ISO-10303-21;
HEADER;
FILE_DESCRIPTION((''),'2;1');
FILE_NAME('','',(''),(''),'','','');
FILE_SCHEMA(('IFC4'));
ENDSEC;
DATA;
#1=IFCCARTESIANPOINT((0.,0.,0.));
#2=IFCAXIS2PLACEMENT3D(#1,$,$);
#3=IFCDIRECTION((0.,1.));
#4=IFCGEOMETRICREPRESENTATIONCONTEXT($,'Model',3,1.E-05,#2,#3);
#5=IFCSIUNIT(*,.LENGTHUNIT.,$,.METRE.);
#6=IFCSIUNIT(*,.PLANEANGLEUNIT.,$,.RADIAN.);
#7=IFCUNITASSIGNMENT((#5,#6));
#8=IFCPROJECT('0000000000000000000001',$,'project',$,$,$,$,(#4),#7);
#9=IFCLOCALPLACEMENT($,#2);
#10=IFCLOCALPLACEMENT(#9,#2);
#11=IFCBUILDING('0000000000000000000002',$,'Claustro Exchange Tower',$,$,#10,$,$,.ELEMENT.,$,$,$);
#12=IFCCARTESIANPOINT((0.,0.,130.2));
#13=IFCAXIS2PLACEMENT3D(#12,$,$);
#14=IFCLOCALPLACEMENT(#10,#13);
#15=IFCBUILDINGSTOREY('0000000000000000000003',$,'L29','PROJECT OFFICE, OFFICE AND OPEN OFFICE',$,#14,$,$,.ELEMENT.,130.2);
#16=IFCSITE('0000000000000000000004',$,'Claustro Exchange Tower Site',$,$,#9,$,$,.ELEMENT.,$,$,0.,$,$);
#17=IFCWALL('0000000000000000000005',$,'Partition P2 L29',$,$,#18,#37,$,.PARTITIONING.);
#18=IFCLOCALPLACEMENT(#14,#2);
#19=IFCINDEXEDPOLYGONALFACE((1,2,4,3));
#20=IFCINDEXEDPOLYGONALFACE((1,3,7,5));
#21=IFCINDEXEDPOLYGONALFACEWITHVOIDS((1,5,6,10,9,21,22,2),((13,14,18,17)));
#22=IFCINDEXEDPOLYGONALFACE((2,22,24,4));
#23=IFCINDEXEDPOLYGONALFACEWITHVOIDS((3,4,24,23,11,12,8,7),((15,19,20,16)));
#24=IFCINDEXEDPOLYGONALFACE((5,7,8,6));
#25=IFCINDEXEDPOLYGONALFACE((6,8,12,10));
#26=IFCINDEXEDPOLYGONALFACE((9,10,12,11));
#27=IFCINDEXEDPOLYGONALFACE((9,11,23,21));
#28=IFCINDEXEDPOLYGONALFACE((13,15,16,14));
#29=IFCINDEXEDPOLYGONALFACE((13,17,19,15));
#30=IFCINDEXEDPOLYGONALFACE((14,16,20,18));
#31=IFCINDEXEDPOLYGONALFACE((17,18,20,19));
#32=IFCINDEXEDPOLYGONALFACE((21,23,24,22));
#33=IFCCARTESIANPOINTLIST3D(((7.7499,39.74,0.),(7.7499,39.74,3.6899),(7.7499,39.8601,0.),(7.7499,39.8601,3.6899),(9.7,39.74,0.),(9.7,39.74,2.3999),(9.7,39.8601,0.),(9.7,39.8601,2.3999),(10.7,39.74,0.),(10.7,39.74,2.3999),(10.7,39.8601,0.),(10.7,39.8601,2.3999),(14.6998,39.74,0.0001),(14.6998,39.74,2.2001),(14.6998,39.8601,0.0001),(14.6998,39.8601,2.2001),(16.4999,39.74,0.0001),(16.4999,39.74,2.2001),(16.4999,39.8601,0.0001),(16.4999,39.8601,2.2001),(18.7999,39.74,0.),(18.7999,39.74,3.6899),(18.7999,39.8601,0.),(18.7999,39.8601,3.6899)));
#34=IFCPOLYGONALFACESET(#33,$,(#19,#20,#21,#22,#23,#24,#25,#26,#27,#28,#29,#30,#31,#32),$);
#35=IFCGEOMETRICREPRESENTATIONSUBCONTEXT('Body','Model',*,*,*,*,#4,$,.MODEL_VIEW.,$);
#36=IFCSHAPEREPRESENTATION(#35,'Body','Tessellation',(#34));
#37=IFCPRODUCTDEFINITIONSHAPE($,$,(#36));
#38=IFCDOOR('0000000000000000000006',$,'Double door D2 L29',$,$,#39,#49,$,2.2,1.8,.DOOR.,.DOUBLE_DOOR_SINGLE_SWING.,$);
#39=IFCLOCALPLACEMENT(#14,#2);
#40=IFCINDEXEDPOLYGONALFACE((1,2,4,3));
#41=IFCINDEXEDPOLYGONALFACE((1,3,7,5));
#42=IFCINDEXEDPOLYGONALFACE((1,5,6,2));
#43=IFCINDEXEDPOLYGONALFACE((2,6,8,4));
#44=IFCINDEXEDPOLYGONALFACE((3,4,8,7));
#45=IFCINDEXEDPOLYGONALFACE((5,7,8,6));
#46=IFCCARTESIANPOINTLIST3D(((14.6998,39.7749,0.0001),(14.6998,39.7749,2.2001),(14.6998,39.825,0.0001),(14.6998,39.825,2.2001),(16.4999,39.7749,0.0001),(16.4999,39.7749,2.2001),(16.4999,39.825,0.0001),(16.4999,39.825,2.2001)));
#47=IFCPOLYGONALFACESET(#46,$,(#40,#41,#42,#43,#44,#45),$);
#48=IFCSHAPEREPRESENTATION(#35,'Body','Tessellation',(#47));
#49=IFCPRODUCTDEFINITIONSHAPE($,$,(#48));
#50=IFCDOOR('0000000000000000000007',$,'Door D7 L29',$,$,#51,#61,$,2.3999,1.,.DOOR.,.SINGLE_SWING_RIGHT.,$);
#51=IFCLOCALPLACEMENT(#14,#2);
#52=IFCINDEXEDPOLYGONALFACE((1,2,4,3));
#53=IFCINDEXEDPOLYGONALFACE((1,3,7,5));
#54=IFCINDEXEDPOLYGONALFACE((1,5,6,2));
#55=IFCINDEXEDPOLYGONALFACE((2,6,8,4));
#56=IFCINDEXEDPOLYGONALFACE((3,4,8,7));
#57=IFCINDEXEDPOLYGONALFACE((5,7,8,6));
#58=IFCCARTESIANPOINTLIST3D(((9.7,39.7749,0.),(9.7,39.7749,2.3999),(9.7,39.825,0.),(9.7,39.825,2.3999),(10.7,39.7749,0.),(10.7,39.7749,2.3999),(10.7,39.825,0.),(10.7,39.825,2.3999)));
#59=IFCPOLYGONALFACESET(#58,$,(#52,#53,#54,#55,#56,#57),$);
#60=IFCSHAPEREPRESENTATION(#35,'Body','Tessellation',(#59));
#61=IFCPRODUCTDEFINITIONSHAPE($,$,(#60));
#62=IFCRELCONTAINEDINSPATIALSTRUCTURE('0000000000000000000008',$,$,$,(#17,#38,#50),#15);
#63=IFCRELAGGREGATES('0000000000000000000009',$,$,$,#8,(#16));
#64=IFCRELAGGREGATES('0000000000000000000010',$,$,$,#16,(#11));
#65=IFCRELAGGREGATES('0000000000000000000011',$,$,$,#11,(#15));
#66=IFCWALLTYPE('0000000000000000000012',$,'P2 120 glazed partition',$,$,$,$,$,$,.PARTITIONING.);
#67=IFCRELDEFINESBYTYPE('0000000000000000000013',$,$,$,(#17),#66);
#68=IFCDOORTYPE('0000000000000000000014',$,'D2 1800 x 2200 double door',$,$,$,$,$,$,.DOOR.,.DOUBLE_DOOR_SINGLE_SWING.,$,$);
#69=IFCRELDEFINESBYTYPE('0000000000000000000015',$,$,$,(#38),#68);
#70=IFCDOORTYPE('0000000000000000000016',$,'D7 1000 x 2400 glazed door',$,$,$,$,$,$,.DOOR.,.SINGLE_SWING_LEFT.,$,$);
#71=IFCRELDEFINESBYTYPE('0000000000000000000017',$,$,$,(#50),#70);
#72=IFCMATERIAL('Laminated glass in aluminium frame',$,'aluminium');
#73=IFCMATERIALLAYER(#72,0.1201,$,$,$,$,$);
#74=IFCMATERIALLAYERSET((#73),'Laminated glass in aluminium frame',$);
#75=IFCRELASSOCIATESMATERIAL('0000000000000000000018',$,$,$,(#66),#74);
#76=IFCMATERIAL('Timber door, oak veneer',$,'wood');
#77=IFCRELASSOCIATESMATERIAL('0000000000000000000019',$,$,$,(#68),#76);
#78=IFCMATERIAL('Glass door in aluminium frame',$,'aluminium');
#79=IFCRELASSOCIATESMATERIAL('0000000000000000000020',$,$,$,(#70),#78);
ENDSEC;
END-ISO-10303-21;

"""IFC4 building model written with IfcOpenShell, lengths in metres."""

from ifc_helpers import new_model, si_unit, direction, frame, frame_2d, origin, place, context, subcontext, project, spatial, rectangle, extrude, material, layer, layer_set, type_object, element, fill, save


model = new_model("IFC4")

# Units and contexts
model_context = context("Model", 3, precision=1e-05, world=origin(), true_north=direction((0.0, 1.0)))
body_context = subcontext(model_context, "Body", "Model", "MODEL_VIEW")
ifc_project = project(units=[si_unit("LENGTHUNIT", "METRE"), si_unit("PLANEANGLEUNIT", "RADIAN")], contexts=[model_context])

# Site, building, storey
site_placement = place(None, origin())
site = spatial("IfcSite", under=ifc_project, at=site_placement, Name="Claustro Exchange Tower Site", CompositionType="ELEMENT", RefElevation=0.0)
building_placement = place(site_placement, origin())
building = spatial("IfcBuilding", under=site, at=building_placement, Name="Claustro Exchange Tower", CompositionType="ELEMENT")
storey_placement = place(building_placement, frame((0.0, 0.0, 130.2)))
storey = spatial("IfcBuildingStorey", under=building, at=storey_placement, Name="L29", Description="PROJECT OFFICE, OFFICE AND OPEN OFFICE", CompositionType="ELEMENT", Elevation=130.2)

# Shared definitions
ifc_material_1 = material(Name="Laminated glass in aluminium frame", Category="aluminium")
ifc_layer = layer(ifc_material_1, 0.1201)
ifc_layer_set = layer_set([ifc_layer], Name="Laminated glass in aluminium frame")
wall_type = type_object("IfcWallType", Name="P2 120 glazed partition", PredefinedType="PARTITIONING", material=ifc_layer_set)

# Wall, openings, doors
wall_1_placement = place(storey_placement, frame((7.75, 39.8, 0.0), z_axis=(0.0, 0.0, 1.0), x_axis=(1.0, 0.0, 0.0)))
wall_1 = element("IfcWall", 1, at=wall_1_placement, inside=storey, type_object=wall_type, Name="Partition P2 L29", PredefinedType="PARTITIONING", context=body_context, shape_type="SweptSolid", body=[
    extrude(rectangle(XDim=11.05, YDim=0.1201, at=frame_2d((5.5249, 0.0))), origin(), (0.0, 0.0, 1.0), 3.6899),
])
opening_1_placement = place(wall_1_placement, frame((1.95, 0.0, 0.0)))
opening_1 = element("IfcOpeningElement", 2, at=opening_1_placement, cuts=wall_1, PredefinedType="OPENING", context=body_context, shape_type="SweptSolid", body=[
    extrude(rectangle(XDim=1.0, YDim=2.3999, at=frame_2d((0.5, 1.2))), frame((0.0, 0.0701, 0.0), z_axis=(0.0, -1.0, 0.0), x_axis=(1.0, 0.0, 0.0)), (0.0, 0.0, 1.0), 0.1401),
])
opening_2_placement = place(wall_1_placement, frame((6.95, 0.0, 0.0)))
opening_2 = element("IfcOpeningElement", 3, at=opening_2_placement, cuts=wall_1, PredefinedType="OPENING", context=body_context, shape_type="SweptSolid", body=[
    extrude(rectangle(XDim=1.8, YDim=2.2, at=frame_2d((0.8999, 1.1001))), frame((0.0, 0.0701, 0.0), z_axis=(0.0, -1.0, 0.0), x_axis=(1.0, 0.0, 0.0)), (0.0, 0.0, 1.0), 0.1401),
])
ifc_material_2 = material(Name="Timber door, oak veneer", Category="wood")
door_type_1 = type_object("IfcDoorType", Name="D2 1800 x 2200 double door", OperationType="DOUBLE_DOOR_SINGLE_SWING", PredefinedType="DOOR", material=ifc_material_2)
door_1_placement = place(opening_2_placement, origin())
door_1 = element("IfcDoor", 4, at=door_1_placement, inside=storey, type_object=door_type_1, Name="Double door D2 L29", OperationType="DOUBLE_DOOR_SINGLE_SWING", OverallHeight=2.2, OverallWidth=1.8, PredefinedType="DOOR", context=body_context, shape_type="SweptSolid", body=[
    extrude(rectangle(XDim=1.8, YDim=2.2, at=frame_2d((0.8999, 1.1001))), frame((0.0, 0.0249, 0.0), z_axis=(0.0, -1.0, 0.0), x_axis=(1.0, 0.0, 0.0)), (0.0, 0.0, 1.0), 0.05),
])
fill(opening_2, door_1)
ifc_material_3 = material(Name="Glass door in aluminium frame", Category="aluminium")
door_type_2 = type_object("IfcDoorType", Name="D7 1000 x 2400 glazed door", OperationType="SINGLE_SWING_LEFT", PredefinedType="DOOR", material=ifc_material_3)
door_2_placement = place(opening_1_placement, origin())
door_2 = element("IfcDoor", 5, at=door_2_placement, inside=storey, type_object=door_type_2, Name="Door D7 L29", OperationType="SINGLE_SWING_RIGHT", OverallHeight=2.3999, OverallWidth=1.0, PredefinedType="DOOR", context=body_context, shape_type="SweptSolid", body=[
    extrude(rectangle(XDim=1.0, YDim=2.3999, at=frame_2d((0.5, 1.2))), frame((0.0, 0.0249, 0.0), z_axis=(0.0, -1.0, 0.0), x_axis=(1.0, 0.0, 0.0)), (0.0, 0.0, 1.0), 0.05),
])
fill(opening_1, door_2)

save(model, "model.ifc")
